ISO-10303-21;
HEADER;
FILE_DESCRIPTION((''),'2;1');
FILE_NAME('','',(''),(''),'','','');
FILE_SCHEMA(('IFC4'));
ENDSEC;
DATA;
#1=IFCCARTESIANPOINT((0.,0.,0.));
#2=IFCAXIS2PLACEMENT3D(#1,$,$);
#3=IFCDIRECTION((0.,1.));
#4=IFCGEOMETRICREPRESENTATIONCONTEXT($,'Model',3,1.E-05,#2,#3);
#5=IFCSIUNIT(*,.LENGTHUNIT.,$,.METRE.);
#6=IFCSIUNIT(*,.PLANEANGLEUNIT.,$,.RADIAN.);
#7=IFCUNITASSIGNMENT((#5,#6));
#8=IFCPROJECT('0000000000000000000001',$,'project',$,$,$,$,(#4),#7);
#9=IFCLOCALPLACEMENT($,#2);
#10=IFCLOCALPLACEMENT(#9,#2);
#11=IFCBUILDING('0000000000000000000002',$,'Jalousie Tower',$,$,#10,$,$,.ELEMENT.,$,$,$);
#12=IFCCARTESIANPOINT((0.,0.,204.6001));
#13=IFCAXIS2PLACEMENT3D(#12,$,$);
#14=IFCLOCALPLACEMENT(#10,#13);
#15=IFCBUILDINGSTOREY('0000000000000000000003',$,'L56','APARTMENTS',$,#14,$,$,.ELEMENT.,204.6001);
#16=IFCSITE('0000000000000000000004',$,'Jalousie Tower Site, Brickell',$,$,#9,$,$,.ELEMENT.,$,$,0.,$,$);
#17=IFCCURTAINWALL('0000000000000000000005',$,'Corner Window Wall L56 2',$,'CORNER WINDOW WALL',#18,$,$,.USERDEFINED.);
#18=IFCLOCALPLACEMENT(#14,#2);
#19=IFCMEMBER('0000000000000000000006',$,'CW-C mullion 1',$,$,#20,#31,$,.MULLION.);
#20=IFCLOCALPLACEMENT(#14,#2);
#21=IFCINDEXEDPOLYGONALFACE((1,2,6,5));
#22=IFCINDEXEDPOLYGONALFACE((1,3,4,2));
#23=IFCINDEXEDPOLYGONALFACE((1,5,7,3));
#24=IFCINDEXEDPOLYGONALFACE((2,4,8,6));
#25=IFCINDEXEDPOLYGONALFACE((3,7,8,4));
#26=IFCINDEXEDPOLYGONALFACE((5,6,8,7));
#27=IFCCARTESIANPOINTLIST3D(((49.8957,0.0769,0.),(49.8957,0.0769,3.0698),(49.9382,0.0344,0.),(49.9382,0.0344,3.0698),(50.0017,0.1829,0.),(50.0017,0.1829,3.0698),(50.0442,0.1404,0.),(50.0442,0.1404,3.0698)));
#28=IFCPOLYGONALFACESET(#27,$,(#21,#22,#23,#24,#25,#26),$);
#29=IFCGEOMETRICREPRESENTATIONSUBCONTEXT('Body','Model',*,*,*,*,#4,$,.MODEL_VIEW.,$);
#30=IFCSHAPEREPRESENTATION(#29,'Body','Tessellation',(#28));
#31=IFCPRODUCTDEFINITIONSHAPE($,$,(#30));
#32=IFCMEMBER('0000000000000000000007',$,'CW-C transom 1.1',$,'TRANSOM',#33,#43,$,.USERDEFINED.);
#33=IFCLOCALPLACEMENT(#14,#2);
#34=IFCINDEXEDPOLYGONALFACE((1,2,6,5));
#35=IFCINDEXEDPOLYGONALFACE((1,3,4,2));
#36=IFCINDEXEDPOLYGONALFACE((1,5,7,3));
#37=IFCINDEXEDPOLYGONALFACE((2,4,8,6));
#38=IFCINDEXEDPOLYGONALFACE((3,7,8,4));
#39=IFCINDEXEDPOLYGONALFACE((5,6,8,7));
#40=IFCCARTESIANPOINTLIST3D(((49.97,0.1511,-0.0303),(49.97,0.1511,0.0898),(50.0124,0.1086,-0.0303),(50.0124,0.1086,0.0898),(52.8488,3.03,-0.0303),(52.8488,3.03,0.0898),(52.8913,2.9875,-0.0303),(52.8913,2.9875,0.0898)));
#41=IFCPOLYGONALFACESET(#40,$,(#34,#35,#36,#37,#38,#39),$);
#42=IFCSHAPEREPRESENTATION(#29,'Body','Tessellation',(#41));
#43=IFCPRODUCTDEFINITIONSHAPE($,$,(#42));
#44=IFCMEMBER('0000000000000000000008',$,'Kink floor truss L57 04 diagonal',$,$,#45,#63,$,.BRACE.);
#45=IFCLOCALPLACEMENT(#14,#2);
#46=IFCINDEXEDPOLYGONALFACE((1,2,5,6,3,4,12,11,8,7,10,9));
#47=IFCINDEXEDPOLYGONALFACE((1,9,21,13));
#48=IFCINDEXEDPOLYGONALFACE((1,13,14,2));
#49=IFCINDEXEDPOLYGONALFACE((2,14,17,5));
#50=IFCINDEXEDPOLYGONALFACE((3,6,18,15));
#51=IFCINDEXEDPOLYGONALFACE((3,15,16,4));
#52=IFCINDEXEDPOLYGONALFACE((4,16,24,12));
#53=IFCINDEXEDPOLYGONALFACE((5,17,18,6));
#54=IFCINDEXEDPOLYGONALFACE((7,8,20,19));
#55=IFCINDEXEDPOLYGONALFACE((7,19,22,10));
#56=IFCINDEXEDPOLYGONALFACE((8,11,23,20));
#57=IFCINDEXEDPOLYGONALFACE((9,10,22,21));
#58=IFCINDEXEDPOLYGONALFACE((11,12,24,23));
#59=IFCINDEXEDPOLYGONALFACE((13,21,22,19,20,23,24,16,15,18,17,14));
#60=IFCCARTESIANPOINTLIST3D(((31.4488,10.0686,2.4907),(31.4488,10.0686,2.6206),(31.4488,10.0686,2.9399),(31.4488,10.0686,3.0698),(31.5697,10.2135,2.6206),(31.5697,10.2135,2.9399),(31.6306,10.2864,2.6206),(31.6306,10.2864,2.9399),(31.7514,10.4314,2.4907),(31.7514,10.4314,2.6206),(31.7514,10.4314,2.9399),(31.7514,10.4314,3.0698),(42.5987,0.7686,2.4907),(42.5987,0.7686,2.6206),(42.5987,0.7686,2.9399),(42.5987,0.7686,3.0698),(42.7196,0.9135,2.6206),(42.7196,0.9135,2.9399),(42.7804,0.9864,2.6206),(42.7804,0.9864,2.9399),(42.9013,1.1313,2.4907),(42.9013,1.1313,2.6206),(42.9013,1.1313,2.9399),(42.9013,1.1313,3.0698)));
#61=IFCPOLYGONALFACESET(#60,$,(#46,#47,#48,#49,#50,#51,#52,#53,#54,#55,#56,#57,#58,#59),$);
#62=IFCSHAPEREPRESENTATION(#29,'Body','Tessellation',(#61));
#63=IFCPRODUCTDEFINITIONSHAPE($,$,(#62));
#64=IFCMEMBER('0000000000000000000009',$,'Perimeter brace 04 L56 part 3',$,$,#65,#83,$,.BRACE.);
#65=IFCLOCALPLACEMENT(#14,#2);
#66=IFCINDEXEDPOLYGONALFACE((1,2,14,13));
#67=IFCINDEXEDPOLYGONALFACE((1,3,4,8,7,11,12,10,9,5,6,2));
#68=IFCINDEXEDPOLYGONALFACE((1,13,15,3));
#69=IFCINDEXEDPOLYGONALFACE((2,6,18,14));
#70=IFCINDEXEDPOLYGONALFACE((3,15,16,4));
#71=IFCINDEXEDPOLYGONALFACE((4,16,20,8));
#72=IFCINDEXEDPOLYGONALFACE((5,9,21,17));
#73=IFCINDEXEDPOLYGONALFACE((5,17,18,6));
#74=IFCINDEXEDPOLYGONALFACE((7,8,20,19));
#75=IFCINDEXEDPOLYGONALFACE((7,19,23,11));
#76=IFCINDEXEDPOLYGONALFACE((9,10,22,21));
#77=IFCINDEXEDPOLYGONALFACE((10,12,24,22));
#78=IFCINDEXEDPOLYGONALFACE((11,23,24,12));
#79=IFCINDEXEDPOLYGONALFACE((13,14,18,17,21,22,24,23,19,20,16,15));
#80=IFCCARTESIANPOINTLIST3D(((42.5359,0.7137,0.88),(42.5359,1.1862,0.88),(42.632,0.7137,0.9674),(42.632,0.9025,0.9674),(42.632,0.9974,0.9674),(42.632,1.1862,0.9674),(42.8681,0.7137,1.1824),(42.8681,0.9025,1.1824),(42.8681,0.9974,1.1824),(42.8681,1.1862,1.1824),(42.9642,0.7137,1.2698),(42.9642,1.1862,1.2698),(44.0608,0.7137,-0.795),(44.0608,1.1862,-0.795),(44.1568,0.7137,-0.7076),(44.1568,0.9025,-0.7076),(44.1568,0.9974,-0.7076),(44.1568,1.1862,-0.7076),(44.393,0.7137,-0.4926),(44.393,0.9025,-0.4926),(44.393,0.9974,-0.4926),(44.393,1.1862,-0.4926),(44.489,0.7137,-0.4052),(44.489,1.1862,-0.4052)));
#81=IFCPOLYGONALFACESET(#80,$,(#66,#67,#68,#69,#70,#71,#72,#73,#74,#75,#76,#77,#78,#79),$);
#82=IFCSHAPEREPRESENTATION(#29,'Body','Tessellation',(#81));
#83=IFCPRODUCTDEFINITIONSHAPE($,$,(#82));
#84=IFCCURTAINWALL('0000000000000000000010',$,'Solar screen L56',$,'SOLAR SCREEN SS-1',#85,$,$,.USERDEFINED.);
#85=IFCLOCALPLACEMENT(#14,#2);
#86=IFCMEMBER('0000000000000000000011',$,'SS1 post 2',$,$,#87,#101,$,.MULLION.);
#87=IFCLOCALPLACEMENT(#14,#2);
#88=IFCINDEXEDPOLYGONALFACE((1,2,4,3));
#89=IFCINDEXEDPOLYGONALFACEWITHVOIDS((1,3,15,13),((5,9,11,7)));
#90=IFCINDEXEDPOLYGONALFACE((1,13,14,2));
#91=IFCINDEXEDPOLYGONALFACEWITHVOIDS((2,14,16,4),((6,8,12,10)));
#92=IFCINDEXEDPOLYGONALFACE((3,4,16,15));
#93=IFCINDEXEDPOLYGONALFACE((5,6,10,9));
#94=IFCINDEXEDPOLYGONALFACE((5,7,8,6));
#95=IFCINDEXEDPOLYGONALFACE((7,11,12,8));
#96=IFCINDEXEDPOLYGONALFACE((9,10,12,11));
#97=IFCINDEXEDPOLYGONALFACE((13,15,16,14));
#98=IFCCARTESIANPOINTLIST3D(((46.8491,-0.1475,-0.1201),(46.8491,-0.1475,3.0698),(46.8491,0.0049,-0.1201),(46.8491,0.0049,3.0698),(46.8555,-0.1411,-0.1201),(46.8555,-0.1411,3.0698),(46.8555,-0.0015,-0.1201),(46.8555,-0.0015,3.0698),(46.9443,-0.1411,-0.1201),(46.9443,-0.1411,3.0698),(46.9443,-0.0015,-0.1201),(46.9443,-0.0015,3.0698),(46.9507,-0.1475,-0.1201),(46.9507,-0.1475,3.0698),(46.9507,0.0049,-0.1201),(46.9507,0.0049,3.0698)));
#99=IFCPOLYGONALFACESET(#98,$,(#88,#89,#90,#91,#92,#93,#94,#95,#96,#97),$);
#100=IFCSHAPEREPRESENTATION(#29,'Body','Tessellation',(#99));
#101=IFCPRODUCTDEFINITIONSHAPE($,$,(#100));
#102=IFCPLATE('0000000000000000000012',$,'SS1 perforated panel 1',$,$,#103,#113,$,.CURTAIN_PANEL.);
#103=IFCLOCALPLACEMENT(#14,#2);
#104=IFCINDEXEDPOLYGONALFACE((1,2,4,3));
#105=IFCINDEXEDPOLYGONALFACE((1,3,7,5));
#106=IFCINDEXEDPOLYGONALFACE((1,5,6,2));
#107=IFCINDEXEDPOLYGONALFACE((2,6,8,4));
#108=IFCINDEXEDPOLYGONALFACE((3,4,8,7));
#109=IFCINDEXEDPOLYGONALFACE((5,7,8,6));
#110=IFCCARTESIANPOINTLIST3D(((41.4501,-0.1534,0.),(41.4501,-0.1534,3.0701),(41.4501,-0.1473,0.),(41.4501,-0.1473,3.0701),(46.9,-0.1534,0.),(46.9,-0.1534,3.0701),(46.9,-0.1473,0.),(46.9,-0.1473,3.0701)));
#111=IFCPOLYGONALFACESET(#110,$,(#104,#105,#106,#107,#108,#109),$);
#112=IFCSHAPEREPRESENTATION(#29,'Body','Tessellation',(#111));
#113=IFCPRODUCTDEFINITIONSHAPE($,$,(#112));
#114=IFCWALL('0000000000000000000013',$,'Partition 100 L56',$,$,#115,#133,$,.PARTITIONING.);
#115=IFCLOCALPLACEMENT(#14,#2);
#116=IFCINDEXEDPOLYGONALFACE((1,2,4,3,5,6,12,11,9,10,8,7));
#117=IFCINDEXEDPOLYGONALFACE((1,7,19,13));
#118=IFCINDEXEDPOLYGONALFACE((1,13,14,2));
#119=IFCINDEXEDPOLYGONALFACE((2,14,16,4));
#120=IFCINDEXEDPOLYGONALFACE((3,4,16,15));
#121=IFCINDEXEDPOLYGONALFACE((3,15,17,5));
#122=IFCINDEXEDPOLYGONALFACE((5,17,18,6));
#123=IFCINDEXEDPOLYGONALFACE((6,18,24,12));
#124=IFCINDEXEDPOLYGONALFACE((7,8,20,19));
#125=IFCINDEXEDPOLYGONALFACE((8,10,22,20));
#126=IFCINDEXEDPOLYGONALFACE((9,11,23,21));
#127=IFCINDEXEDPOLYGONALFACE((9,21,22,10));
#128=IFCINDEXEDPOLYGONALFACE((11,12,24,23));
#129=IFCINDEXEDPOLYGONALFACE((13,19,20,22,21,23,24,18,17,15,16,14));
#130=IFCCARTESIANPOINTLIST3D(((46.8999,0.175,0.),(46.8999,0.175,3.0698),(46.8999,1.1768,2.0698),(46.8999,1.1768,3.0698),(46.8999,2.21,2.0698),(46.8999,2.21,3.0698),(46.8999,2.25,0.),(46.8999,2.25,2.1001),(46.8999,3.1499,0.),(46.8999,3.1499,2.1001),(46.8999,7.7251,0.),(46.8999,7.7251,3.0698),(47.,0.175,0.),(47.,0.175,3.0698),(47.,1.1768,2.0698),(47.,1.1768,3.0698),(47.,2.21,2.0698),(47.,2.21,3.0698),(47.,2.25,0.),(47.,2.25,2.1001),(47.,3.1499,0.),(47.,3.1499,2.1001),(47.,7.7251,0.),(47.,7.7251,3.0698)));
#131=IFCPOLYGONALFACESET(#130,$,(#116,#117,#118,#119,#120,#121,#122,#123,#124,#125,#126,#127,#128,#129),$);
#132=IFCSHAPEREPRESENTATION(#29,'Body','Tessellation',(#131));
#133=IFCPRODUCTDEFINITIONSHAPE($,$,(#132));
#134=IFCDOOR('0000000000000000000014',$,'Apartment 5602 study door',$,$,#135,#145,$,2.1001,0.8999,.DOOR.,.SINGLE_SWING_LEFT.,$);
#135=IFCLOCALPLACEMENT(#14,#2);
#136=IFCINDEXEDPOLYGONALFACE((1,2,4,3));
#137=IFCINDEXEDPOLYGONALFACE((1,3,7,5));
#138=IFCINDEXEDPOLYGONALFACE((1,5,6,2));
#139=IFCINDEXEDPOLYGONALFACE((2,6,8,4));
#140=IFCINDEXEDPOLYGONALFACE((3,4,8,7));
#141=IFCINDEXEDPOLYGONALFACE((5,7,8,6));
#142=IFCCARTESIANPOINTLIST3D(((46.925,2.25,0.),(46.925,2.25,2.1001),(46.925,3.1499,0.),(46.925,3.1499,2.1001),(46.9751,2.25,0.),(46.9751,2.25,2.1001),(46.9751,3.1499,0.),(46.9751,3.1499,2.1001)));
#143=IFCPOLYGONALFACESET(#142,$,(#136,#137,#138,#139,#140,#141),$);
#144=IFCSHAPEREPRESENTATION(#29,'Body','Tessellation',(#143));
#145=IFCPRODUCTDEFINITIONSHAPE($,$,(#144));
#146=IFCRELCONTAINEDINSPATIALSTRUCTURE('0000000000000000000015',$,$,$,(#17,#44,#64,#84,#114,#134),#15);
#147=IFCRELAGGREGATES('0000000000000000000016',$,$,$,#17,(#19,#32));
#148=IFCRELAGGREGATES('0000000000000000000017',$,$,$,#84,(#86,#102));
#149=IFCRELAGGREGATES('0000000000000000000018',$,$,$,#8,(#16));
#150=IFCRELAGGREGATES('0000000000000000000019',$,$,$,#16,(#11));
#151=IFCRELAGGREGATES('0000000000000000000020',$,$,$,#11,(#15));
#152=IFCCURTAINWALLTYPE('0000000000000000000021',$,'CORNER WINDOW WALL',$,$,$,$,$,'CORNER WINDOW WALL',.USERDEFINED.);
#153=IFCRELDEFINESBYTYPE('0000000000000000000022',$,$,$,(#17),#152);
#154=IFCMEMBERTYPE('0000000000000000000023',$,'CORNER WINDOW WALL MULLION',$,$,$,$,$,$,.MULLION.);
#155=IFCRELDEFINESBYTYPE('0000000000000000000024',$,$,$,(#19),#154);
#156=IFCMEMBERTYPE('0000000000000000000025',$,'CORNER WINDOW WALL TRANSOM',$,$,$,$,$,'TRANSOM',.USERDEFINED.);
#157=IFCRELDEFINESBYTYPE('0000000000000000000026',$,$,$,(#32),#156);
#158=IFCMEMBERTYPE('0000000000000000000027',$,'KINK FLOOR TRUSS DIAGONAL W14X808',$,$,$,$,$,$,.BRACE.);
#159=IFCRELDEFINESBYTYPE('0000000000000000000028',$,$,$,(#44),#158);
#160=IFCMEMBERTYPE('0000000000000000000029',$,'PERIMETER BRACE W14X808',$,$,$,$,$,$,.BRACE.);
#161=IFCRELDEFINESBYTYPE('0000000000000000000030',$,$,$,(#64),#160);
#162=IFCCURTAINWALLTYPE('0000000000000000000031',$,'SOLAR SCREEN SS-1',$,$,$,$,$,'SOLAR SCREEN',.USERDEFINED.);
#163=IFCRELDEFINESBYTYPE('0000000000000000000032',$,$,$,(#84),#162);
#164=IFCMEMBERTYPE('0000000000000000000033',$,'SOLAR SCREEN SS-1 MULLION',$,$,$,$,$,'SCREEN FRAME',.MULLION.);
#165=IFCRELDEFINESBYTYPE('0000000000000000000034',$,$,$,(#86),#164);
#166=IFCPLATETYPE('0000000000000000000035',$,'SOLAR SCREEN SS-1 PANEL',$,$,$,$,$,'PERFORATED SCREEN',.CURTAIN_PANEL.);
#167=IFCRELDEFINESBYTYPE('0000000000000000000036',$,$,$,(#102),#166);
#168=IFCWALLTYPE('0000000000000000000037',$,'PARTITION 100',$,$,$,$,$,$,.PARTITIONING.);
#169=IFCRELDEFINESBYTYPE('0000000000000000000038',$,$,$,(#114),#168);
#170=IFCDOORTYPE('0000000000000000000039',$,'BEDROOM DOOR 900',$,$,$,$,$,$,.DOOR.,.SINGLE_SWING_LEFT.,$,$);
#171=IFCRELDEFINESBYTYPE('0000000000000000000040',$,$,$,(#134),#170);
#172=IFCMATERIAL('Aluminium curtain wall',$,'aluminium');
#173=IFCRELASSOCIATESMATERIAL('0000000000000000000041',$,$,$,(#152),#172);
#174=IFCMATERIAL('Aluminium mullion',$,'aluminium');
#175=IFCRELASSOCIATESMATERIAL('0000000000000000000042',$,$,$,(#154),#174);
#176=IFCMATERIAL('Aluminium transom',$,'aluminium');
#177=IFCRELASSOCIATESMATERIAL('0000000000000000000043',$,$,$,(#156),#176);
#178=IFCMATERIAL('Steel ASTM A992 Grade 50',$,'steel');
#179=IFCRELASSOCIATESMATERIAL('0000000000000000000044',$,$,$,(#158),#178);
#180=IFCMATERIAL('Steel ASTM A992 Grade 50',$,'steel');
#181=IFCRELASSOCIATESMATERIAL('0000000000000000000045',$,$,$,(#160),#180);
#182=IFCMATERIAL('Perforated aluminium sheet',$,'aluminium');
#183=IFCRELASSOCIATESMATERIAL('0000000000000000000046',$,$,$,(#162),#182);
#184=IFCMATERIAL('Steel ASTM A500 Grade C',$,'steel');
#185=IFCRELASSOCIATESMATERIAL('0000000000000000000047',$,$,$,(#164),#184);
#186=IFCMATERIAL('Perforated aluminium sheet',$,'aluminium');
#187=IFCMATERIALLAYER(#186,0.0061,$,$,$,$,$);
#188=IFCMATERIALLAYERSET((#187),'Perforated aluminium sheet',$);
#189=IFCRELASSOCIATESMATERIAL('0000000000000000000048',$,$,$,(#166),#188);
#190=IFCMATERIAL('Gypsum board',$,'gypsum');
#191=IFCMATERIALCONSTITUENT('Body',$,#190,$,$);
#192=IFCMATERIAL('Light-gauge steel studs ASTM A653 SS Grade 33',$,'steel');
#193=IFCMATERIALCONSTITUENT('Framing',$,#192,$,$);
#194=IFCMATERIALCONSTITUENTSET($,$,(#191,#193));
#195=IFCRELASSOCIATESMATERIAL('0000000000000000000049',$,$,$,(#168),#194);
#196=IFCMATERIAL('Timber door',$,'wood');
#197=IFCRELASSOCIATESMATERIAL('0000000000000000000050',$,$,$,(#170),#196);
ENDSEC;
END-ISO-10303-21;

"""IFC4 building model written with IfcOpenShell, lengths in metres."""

from ifc_helpers import new_model, si_unit, direction, frame, frame_2d, origin, origin_2d, place, context, subcontext, project, spatial, polyline, rectangle, hollow_rectangle, i_section, outline, extrude, material, layer, layer_set, constituent, constituent_set, material_profile, profile_set, type_object, element, fill, aggregate, save


model = new_model("IFC4")

# Units and contexts
model_context = context("Model", 3, precision=1e-05, world=origin(), true_north=direction((0.0, 1.0)))
body_context = subcontext(model_context, "Body", "Model", "MODEL_VIEW")
ifc_project = project(units=[si_unit("LENGTHUNIT", "METRE"), si_unit("PLANEANGLEUNIT", "RADIAN")], contexts=[model_context])

# Site, building, storey
site_placement = place(None, origin())
site = spatial("IfcSite", under=ifc_project, at=site_placement, Name="Jalousie Tower Site, Brickell", CompositionType="ELEMENT", RefElevation=0.0)
building_placement = place(site_placement, origin())
building = spatial("IfcBuilding", under=site, at=building_placement, Name="Jalousie Tower", CompositionType="ELEMENT")
storey_placement = place(building_placement, frame((0.0, 0.0, 204.6001)))
storey = spatial("IfcBuildingStorey", under=building, at=storey_placement, Name="L56", Description="APARTMENTS", CompositionType="ELEMENT", Elevation=204.6001)

# Curtain wall, members
ifc_material_1 = material(Name="Aluminium curtain wall", Category="aluminium")
curtain_wall_type_1 = type_object("IfcCurtainWallType", Name="CORNER WINDOW WALL", ElementType="CORNER WINDOW WALL", PredefinedType="USERDEFINED", material=ifc_material_1)
curtain_wall_1_placement = place(storey_placement, origin())
curtain_wall_1 = element("IfcCurtainWall", 1, at=curtain_wall_1_placement, inside=storey, type_object=curtain_wall_type_1, Name="Corner Window Wall L56 2", ObjectType="CORNER WINDOW WALL", PredefinedType="USERDEFINED")
ifc_material_2 = material(Name="Aluminium mullion", Category="aluminium")
ifc_material_profile_1 = material_profile(ifc_material_2, rectangle(XDim=0.0601, YDim=0.1499, at=origin_2d()), Name="MULLION 60x150")
ifc_profile_set_1 = profile_set([ifc_material_profile_1], Name="Aluminium mullion")
member_type_1 = type_object("IfcMemberType", Name="CORNER WINDOW WALL MULLION", PredefinedType="MULLION", material=ifc_profile_set_1)
member_1_placement = place(storey_placement, frame((49.97, 0.1086, 0.0), z_axis=(0.0, 0.0, 1.0), x_axis=(-0.707107, 0.707107, 0.0)))
member_1 = element("IfcMember", 2, at=member_1_placement, type_object=member_type_1, Name="CW-C mullion 1", PredefinedType="MULLION", context=body_context, shape_type="SweptSolid", body=[
    extrude(rectangle(XDim=0.0601, YDim=0.1499, at=origin_2d()), origin(), (0.0, 0.0, 1.0), 3.0698),
])
ifc_material_3 = material(Name="Aluminium transom", Category="aluminium")
ifc_material_profile_2 = material_profile(ifc_material_3, rectangle(XDim=0.0601, YDim=0.1201, at=origin_2d()), Name="TRANSOM 60x120")
ifc_profile_set_2 = profile_set([ifc_material_profile_2], Name="Aluminium transom")
member_type_2 = type_object("IfcMemberType", Name="CORNER WINDOW WALL TRANSOM", ElementType="TRANSOM", PredefinedType="USERDEFINED", material=ifc_profile_set_2)
member_2_placement = place(storey_placement, frame((49.9912, 0.1299, 0.0298), z_axis=(0.707107, 0.707107, 0.0), x_axis=(-0.707107, 0.707107, 0.0)))
member_2 = element("IfcMember", 3, at=member_2_placement, type_object=member_type_2, Name="CW-C transom 1.1", ObjectType="TRANSOM", PredefinedType="USERDEFINED", context=body_context, shape_type="SweptSolid", body=[
    extrude(rectangle(XDim=0.0601, YDim=0.1201, at=origin_2d()), origin(), (0.0, 0.0, 1.0), 4.0713),
])
aggregate(curtain_wall_1, [member_1, member_2])

# Members
ifc_material_4 = material(Name="Steel ASTM A992 Grade 50", Category="steel")
ifc_material_profile_3 = material_profile(ifc_material_4, i_section(OverallWidth=0.4724, OverallDepth=0.5791, WebThickness=0.095, FlangeThickness=0.1299, at=origin_2d()), Name="W14X808")
ifc_profile_set_3 = profile_set([ifc_material_profile_3], Name="Steel ASTM A992 Grade 50")
member_type_3 = type_object("IfcMemberType", Name="KINK FLOOR TRUSS DIAGONAL W14X808", PredefinedType="BRACE", material=ifc_profile_set_3)
member_3_placement = place(storey_placement, frame((42.75, 0.95, 2.7803), z_axis=(-0.767935, 0.640528, 0.0), x_axis=(-0.640528, -0.767935, 0.0)))
element("IfcMember", 4, at=member_3_placement, inside=storey, type_object=member_type_3, Name="Kink floor truss L57 04 diagonal", PredefinedType="BRACE", context=body_context, shape_type="SweptSolid", body=[
    extrude(i_section(OverallWidth=0.4724, OverallDepth=0.5791, WebThickness=0.095, FlangeThickness=0.1299, at=origin_2d()), origin(), (0.0, 0.0, 1.0), 14.5193),
])
ifc_material_5 = material(Name="Steel ASTM A992 Grade 50", Category="steel")
ifc_material_profile_4 = material_profile(ifc_material_5, i_section(OverallWidth=0.4724, OverallDepth=0.5791, WebThickness=0.095, FlangeThickness=0.1299, at=origin_2d()), Name="W14X808")
ifc_profile_set_4 = profile_set([ifc_material_profile_4], Name="Steel ASTM A992 Grade 50")
member_type_4 = type_object("IfcMemberType", Name="PERIMETER BRACE W14X808", PredefinedType="BRACE", material=ifc_profile_set_4)
member_4_placement = place(storey_placement, frame((44.2749, 0.95, -0.6001), z_axis=(-0.673188, 0.0, 0.739472), x_axis=(0.0, -1.0, 0.0)))
element("IfcMember", 5, at=member_4_placement, inside=storey, type_object=member_type_4, Name="Perimeter brace 04 L56 part 3", PredefinedType="BRACE", context=body_context, shape_type="SweptSolid", body=[
    extrude(i_section(OverallWidth=0.4724, OverallDepth=0.5791, WebThickness=0.095, FlangeThickness=0.1299, at=origin_2d()), origin(), (0.0, 0.0, 1.0), 2.2651),
])

# Curtain wall, member, plate
ifc_material_6 = material(Name="Perforated aluminium sheet", Category="aluminium")
curtain_wall_type_2 = type_object("IfcCurtainWallType", Name="SOLAR SCREEN SS-1", ElementType="SOLAR SCREEN", PredefinedType="USERDEFINED", material=ifc_material_6)
curtain_wall_2_placement = place(storey_placement, origin())
curtain_wall_2 = element("IfcCurtainWall", 6, at=curtain_wall_2_placement, inside=storey, type_object=curtain_wall_type_2, Name="Solar screen L56", ObjectType="SOLAR SCREEN SS-1", PredefinedType="USERDEFINED")
ifc_material_7 = material(Name="Steel ASTM A500 Grade C", Category="steel")
ifc_material_profile_5 = material_profile(ifc_material_7, hollow_rectangle(XDim=0.1016, YDim=0.1523, WallThickness=0.0063, at=origin_2d()), Name="HSS6X4X1/4")
ifc_profile_set_5 = profile_set([ifc_material_profile_5], Name="Steel ASTM A500 Grade C")
member_type_5 = type_object("IfcMemberType", Name="SOLAR SCREEN SS-1 MULLION", ElementType="SCREEN FRAME", PredefinedType="MULLION", material=ifc_profile_set_5)
member_5_placement = place(storey_placement, frame((46.8999, -0.0713, -0.1201), z_axis=(0.0, 0.0, 1.0), x_axis=(1.0, 0.0, 0.0)))
member_5 = element("IfcMember", 7, at=member_5_placement, type_object=member_type_5, Name="SS1 post 2", PredefinedType="MULLION", context=body_context, shape_type="SweptSolid", body=[
    extrude(hollow_rectangle(XDim=0.1016, YDim=0.1523, WallThickness=0.0063, at=origin_2d()), origin(), (0.0, 0.0, 1.0), 3.1899),
])
ifc_material_8 = material(Name="Perforated aluminium sheet", Category="aluminium")
ifc_layer = layer(ifc_material_8, 0.0061)
ifc_layer_set = layer_set([ifc_layer], Name="Perforated aluminium sheet")
plate_type = type_object("IfcPlateType", Name="SOLAR SCREEN SS-1 PANEL", ElementType="PERFORATED SCREEN", PredefinedType="CURTAIN_PANEL", material=ifc_layer_set)
plate_placement = place(storey_placement, frame((44.175, -0.1504, 0.0), z_axis=(0.0, 0.0, 1.0), x_axis=(1.0, 0.0, 0.0)))
plate = element("IfcPlate", 8, at=plate_placement, type_object=plate_type, Name="SS1 perforated panel 1", PredefinedType="CURTAIN_PANEL", context=body_context, shape_type="SweptSolid", body=[
    extrude(rectangle(XDim=5.45, YDim=0.0061, at=origin_2d()), origin(), (0.0, 0.0, 1.0), 3.0701),
])
aggregate(curtain_wall_2, [member_5, plate])

# Wall, opening, door
ifc_material_9 = material(Name="Gypsum board", Category="gypsum")
ifc_constituent_1 = constituent(ifc_material_9, Name="Body")
ifc_material_10 = material(Name="Light-gauge steel studs ASTM A653 SS Grade 33", Category="steel")
ifc_constituent_2 = constituent(ifc_material_10, Name="Framing")
ifc_constituent_set = constituent_set(constituents=[ifc_constituent_1, ifc_constituent_2])
wall_type = type_object("IfcWallType", Name="PARTITION 100", PredefinedType="PARTITIONING", material=ifc_constituent_set)
wall_1_placement = place(storey_placement, frame((46.95, 0.175, 0.0), z_axis=(0.0, 0.0, 1.0), x_axis=(0.0, 1.0, 0.0)))
wall_1 = element("IfcWall", 9, at=wall_1_placement, inside=storey, type_object=wall_type, Name="Partition 100 L56", PredefinedType="PARTITIONING", context=body_context, shape_type="SweptSolid", body=[
    extrude(outline(polyline([(0.0, 0.0), (7.55, 0.0), (7.55, 3.0698), (2.0349, 3.0698), (2.0349, 2.0698), (1.0017, 2.0698), (1.0017, 3.0698), (0.0, 3.0698), (0.0, 0.0)])), frame((0.0, 0.05, 0.0), z_axis=(0.0, -1.0, 0.0), x_axis=(1.0, 0.0, 0.0)), (0.0, 0.0, 1.0), 0.1001),
])
opening_1_placement = place(wall_1_placement, frame((2.075, 0.0, 0.0)))
opening_1 = element("IfcOpeningElement", 10, at=opening_1_placement, cuts=wall_1, PredefinedType="OPENING", context=body_context, shape_type="SweptSolid", body=[
    extrude(rectangle(XDim=0.8999, YDim=2.1001, at=frame_2d((0.45, 1.05))), frame((0.0, 0.0601, 0.0), z_axis=(0.0, -1.0, 0.0), x_axis=(1.0, 0.0, 0.0)), (0.0, 0.0, 1.0), 0.1201),
])
ifc_material_11 = material(Name="Timber door", Category="wood")
door_type_1 = type_object("IfcDoorType", Name="BEDROOM DOOR 900", OperationType="SINGLE_SWING_LEFT", PredefinedType="DOOR", material=ifc_material_11)
door_1_placement = place(opening_1_placement, origin())
door_1 = element("IfcDoor", 11, at=door_1_placement, inside=storey, type_object=door_type_1, Name="Apartment 5602 study door", OperationType="SINGLE_SWING_LEFT", OverallHeight=2.1001, OverallWidth=0.8999, PredefinedType="DOOR", context=body_context, shape_type="SweptSolid", body=[
    extrude(rectangle(XDim=0.8999, YDim=2.1001, at=frame_2d((0.45, 1.05))), frame((0.0, 0.0249, 0.0), z_axis=(0.0, -1.0, 0.0), x_axis=(1.0, 0.0, 0.0)), (0.0, 0.0, 1.0), 0.05),
])
fill(opening_1, door_1)

save(model, "model.ifc")
